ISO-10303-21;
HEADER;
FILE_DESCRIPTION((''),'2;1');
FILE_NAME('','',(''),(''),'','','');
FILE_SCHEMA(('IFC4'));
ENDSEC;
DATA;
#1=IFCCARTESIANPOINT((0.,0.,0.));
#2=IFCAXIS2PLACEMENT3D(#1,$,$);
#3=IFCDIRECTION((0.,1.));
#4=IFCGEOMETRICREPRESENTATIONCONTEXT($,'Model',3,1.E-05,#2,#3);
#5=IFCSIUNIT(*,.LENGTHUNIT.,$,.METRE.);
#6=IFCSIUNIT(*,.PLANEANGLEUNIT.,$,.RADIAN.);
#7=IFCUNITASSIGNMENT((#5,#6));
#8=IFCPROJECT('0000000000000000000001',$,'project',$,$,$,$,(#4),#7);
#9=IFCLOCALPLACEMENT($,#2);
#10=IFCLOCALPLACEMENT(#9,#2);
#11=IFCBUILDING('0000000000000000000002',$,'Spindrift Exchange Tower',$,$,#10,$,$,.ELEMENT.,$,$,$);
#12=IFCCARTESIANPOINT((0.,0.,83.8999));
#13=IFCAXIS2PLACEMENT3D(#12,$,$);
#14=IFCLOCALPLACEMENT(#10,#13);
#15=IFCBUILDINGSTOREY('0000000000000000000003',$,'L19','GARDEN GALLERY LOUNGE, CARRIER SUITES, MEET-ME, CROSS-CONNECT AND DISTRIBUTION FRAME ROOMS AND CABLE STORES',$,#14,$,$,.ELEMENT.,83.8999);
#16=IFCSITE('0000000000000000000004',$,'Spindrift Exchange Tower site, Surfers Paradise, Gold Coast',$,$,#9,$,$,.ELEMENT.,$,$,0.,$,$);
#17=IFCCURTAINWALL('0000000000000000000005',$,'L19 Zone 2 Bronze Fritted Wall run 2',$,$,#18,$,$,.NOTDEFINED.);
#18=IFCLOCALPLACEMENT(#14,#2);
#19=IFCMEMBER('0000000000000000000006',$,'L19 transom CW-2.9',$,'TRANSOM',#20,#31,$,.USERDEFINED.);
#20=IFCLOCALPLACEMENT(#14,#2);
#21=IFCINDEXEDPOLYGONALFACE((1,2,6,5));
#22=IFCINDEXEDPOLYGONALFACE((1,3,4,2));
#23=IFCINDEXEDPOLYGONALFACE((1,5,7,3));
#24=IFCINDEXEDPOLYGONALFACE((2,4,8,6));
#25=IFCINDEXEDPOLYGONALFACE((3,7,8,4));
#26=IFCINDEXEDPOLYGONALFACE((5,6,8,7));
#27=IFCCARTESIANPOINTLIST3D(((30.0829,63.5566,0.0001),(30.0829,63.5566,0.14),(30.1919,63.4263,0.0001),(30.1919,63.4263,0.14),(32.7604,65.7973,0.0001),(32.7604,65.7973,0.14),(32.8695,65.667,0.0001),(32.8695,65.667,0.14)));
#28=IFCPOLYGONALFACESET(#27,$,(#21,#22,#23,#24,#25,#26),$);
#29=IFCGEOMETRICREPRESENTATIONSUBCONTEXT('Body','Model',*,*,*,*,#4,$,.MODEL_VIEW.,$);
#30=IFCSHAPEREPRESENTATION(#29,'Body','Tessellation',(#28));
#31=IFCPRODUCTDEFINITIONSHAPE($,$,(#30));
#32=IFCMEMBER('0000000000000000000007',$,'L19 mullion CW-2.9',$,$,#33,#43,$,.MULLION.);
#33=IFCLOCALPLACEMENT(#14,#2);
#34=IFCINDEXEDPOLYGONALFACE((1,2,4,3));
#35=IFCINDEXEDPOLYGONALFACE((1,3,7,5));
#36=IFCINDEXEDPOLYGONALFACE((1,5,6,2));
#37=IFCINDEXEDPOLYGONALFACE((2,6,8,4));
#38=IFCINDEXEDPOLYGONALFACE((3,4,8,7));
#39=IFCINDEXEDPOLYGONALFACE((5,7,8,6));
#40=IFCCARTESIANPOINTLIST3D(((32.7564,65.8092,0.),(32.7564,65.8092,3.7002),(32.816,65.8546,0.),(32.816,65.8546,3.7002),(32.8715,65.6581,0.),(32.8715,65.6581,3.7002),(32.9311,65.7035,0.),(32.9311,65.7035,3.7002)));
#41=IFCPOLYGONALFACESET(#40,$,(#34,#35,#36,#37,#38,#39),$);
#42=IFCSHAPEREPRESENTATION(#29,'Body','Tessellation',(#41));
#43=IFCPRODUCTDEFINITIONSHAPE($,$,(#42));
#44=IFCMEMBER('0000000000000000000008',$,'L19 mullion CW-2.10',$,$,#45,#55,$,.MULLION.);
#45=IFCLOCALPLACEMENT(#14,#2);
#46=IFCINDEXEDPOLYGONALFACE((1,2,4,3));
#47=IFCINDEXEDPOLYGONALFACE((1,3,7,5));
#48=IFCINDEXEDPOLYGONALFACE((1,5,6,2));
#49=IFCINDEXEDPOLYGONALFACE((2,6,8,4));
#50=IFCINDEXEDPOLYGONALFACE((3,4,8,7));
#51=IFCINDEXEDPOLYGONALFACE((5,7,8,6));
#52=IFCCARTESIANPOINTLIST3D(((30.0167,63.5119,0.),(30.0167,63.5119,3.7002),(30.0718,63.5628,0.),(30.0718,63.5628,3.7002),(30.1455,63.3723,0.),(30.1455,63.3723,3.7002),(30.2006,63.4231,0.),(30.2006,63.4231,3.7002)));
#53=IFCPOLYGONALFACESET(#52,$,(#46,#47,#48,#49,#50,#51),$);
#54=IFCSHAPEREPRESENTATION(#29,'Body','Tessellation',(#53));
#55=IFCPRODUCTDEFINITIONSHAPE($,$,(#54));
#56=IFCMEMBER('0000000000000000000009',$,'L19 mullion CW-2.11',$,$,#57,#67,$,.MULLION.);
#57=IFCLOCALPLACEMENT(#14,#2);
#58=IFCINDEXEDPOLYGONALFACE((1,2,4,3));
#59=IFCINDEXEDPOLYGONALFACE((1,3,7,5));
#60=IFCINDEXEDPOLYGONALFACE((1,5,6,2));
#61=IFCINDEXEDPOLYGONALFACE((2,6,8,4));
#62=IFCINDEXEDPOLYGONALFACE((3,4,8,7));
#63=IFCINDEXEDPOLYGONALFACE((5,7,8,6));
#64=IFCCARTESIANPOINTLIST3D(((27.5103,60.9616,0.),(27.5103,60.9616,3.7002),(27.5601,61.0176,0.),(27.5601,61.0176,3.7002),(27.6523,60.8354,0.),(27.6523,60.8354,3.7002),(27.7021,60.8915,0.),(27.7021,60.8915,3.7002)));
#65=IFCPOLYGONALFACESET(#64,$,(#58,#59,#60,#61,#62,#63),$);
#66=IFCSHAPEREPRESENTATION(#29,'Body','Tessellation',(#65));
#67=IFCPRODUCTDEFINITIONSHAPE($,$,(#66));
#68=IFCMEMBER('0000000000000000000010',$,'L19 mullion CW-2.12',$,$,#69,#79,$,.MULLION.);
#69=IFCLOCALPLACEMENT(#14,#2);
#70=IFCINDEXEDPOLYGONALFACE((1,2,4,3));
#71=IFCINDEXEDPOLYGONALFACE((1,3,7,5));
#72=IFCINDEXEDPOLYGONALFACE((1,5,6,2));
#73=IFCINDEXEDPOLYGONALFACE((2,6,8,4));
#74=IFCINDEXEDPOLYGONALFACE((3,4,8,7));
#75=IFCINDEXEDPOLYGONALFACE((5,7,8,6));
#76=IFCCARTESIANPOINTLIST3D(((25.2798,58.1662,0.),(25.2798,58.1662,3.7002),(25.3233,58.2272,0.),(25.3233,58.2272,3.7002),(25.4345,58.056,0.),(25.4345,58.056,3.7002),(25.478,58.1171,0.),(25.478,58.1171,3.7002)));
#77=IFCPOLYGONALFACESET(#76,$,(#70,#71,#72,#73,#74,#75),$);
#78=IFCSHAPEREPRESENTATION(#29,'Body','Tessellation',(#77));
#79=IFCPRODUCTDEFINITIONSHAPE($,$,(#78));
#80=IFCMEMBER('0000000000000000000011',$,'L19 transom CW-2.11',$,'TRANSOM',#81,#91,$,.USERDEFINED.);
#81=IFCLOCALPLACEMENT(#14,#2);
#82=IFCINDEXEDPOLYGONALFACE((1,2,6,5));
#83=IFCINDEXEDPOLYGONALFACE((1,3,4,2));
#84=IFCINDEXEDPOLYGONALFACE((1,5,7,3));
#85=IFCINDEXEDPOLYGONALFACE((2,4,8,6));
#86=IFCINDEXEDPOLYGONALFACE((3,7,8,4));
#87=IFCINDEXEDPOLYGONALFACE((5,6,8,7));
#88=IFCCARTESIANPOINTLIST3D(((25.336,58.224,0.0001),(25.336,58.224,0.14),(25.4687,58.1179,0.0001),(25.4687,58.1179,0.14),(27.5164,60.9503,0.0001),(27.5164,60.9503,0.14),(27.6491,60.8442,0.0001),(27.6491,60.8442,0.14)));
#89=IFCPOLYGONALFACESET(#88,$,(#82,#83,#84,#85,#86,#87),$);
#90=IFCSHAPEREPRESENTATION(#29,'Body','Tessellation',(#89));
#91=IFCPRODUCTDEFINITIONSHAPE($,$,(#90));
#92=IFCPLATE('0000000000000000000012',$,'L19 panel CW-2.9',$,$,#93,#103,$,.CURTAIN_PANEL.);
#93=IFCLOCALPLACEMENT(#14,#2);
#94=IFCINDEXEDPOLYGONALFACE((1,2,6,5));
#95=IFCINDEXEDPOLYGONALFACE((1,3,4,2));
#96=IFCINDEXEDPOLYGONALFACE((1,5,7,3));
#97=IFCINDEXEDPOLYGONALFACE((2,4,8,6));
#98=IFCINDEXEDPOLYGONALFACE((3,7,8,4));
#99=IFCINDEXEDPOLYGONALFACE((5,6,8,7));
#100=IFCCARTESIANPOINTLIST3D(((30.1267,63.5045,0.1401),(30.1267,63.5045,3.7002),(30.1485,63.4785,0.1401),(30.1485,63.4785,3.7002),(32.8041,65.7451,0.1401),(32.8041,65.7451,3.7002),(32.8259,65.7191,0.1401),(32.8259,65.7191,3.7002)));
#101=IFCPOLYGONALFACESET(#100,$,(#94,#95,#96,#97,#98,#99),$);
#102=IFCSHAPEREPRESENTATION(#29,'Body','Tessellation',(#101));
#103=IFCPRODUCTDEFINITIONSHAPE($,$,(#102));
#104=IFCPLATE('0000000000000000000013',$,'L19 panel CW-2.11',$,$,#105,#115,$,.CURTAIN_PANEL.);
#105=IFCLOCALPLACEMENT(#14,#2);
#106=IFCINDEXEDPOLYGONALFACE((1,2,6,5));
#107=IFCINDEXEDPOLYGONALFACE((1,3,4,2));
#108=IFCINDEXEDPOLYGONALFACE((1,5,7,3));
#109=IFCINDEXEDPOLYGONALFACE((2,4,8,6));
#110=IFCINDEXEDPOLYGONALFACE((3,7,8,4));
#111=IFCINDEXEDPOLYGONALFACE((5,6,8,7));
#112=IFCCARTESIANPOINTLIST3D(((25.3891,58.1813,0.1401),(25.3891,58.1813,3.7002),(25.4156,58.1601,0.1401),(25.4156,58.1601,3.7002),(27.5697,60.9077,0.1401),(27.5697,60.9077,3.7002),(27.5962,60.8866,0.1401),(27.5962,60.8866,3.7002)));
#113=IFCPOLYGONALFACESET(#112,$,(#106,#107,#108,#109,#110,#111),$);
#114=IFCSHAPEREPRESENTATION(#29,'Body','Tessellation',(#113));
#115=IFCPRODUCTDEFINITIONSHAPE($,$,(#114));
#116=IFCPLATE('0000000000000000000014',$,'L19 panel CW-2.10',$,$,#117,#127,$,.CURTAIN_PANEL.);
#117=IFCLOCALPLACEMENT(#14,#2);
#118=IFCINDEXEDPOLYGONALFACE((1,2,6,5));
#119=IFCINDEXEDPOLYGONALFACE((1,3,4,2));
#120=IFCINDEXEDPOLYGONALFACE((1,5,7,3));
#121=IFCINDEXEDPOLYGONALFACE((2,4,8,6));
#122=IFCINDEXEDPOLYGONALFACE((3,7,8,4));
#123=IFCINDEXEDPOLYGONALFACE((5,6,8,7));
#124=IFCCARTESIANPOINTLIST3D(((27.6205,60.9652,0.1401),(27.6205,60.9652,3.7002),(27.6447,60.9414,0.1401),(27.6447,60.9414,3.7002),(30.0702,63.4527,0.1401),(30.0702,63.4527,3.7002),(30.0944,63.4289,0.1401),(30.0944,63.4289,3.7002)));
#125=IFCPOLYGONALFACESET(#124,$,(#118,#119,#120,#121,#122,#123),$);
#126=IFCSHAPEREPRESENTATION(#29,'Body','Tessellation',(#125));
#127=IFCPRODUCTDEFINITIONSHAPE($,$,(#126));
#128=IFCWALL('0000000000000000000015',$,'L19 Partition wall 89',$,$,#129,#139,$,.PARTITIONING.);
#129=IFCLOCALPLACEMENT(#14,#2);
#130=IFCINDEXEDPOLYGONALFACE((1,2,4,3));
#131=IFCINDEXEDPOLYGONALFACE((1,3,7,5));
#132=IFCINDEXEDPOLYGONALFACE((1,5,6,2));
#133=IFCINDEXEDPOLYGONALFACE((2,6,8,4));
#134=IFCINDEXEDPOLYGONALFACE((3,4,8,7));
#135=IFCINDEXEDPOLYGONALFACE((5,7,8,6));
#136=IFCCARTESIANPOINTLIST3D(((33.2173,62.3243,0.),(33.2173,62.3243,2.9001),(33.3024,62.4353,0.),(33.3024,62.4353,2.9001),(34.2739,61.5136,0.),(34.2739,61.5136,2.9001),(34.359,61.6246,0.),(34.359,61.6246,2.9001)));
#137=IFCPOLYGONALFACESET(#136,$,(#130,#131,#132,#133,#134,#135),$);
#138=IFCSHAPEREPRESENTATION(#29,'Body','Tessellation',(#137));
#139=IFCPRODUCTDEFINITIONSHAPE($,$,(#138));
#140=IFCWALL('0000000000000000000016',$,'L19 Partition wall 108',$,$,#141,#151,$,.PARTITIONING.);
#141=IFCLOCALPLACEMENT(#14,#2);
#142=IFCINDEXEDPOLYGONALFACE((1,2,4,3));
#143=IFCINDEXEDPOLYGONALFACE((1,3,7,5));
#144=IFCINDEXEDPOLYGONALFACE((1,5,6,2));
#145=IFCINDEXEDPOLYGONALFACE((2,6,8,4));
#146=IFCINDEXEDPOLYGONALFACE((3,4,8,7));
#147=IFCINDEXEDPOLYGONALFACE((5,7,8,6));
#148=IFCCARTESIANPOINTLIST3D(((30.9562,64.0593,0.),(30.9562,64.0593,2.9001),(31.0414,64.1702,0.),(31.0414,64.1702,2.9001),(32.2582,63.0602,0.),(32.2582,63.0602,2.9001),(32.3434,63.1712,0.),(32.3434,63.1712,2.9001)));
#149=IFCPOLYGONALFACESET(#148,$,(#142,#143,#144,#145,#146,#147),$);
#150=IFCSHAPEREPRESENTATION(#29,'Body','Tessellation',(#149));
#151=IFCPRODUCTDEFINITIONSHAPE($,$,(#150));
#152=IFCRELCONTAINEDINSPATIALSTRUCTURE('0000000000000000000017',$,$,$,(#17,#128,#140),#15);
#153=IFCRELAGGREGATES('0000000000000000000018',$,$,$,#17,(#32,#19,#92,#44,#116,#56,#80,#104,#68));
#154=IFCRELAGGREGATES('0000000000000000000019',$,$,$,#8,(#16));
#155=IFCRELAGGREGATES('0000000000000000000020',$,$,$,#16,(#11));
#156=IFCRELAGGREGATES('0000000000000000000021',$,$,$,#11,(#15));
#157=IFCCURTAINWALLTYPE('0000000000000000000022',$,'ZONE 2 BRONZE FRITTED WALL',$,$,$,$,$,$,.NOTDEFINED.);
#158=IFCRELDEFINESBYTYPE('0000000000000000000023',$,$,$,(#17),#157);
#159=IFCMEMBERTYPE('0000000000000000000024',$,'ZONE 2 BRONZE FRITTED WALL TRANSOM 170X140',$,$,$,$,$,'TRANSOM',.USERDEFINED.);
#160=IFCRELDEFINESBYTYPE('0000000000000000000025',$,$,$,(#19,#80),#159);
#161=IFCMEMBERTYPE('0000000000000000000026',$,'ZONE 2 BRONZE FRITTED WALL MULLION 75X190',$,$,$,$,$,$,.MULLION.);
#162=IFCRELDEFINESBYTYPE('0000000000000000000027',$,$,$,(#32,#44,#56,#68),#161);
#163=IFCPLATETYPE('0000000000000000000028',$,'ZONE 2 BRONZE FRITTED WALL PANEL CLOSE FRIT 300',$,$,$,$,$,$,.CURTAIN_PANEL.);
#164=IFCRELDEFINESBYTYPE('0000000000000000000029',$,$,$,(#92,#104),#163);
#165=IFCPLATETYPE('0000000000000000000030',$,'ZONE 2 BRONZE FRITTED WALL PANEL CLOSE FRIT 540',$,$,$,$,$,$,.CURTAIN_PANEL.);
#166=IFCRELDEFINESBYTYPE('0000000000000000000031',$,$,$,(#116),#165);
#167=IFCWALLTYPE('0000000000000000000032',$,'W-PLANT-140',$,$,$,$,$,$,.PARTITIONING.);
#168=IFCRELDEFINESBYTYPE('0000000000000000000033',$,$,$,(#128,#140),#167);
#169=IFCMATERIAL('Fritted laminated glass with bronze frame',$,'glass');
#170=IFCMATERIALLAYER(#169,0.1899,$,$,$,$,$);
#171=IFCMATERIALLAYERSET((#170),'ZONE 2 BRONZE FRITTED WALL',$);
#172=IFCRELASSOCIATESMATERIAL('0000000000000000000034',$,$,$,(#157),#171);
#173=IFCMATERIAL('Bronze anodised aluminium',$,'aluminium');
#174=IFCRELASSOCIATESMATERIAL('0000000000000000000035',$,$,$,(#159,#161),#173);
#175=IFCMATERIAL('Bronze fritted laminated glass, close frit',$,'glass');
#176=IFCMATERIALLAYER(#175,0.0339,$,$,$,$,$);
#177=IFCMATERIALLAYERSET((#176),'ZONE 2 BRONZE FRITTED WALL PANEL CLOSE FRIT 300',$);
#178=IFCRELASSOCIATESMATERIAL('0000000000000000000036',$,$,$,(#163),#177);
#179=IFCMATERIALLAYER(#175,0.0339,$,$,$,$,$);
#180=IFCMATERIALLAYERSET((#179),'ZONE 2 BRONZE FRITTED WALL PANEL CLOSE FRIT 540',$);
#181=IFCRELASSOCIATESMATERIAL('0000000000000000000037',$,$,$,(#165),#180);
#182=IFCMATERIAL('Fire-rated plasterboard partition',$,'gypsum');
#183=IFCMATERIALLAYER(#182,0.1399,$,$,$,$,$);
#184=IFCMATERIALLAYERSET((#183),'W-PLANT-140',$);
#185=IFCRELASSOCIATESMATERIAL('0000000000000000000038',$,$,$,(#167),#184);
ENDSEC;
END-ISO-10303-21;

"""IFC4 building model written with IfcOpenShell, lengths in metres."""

from ifc_helpers import new_model, si_unit, direction, frame, frame_2d, origin, origin_2d, place, context, subcontext, project, spatial, rectangle, extrude, source, transform, mapped, material, layer, layer_set, material_profile, profile_set, type_object, element, aggregate, save


model = new_model("IFC4")

# Units and contexts
model_context = context("Model", 3, precision=1e-05, world=origin(), true_north=direction((0.0, 1.0)))
body_context = subcontext(model_context, "Body", "Model", "MODEL_VIEW")
ifc_project = project(units=[si_unit("LENGTHUNIT", "METRE"), si_unit("PLANEANGLEUNIT", "RADIAN")], contexts=[model_context])

# Site, building, storey
site_placement = place(None, origin())
site = spatial("IfcSite", under=ifc_project, at=site_placement, Name="Spindrift Exchange Tower site, Surfers Paradise, Gold Coast", CompositionType="ELEMENT", RefElevation=0.0)
building_placement = place(site_placement, origin())
building = spatial("IfcBuilding", under=site, at=building_placement, Name="Spindrift Exchange Tower", CompositionType="ELEMENT")
storey_placement = place(building_placement, frame((0.0, 0.0, 83.8999)))
storey = spatial("IfcBuildingStorey", under=building, at=storey_placement, Name="L19", Description="GARDEN GALLERY LOUNGE, CARRIER SUITES, MEET-ME, CROSS-CONNECT AND DISTRIBUTION FRAME ROOMS AND CABLE STORES", CompositionType="ELEMENT", Elevation=83.8999)

# Curtain wall, members, plates
ifc_material_1 = material(Name="Fritted laminated glass with bronze frame", Category="glass")
ifc_layer_1 = layer(ifc_material_1, 0.1899)
ifc_layer_set_1 = layer_set([ifc_layer_1], Name="ZONE 2 BRONZE FRITTED WALL")
curtain_wall_type = type_object("IfcCurtainWallType", Name="ZONE 2 BRONZE FRITTED WALL", PredefinedType="NOTDEFINED", material=ifc_layer_set_1)
curtain_wall_placement = place(storey_placement, origin())
curtain_wall = element("IfcCurtainWall", 1, at=curtain_wall_placement, inside=storey, type_object=curtain_wall_type, Name="L19 Zone 2 Bronze Fritted Wall run 2", PredefinedType="NOTDEFINED")
ifc_material_2 = material(Name="Bronze anodised aluminium", Category="aluminium")
ifc_material_profile_1 = material_profile(ifc_material_2, rectangle(XDim=0.1699, YDim=0.1399, at=origin_2d()), Name="ZONE 2 BRONZE FRITTED WALL TRANSOM 170X140")
ifc_profile_set_1 = profile_set([ifc_material_profile_1], Name="Bronze anodised aluminium")
member_type_1 = type_object("IfcMemberType", Name="ZONE 2 BRONZE FRITTED WALL TRANSOM 170X140", ElementType="TRANSOM", PredefinedType="USERDEFINED", material=ifc_profile_set_1)
shared_shape_1 = source(origin(), body_context, "Body", "SweptSolid", [
    extrude(rectangle(XDim=0.1699, YDim=0.1399, at=origin_2d()), origin(), (0.0, 0.0, 1.0), 3.4915),
])
member_1_placement = place(storey_placement, frame((32.8149, 65.7322, 0.0701), z_axis=(-0.766884, -0.641786, 0.0), x_axis=(0.641786, -0.766884, 0.0)))
member_1 = element("IfcMember", 2, at=member_1_placement, type_object=member_type_1, Name="L19 transom CW-2.9", ObjectType="TRANSOM", PredefinedType="USERDEFINED", context=body_context, shape_type="MappedRepresentation", body=[
    mapped(shared_shape_1, transform((0.0, 0.0, 0.0), scale=1.0)),
])
ifc_material_profile_2 = material_profile(ifc_material_2, rectangle(XDim=0.075, YDim=0.1899, at=origin_2d()), Name="ZONE 2 BRONZE FRITTED WALL MULLION 75X190")
ifc_profile_set_2 = profile_set([ifc_material_profile_2], Name="Bronze anodised aluminium")
member_type_2 = type_object("IfcMemberType", Name="ZONE 2 BRONZE FRITTED WALL MULLION 75X190", PredefinedType="MULLION", material=ifc_profile_set_2)
shared_shape_2 = source(origin(), body_context, "Body", "SweptSolid", [
    extrude(rectangle(XDim=0.075, YDim=0.1899, at=origin_2d()), origin(), (0.0, 0.0, 1.0), 3.7002),
])
member_2_placement = place(storey_placement, frame((32.8438, 65.7563, 0.0), z_axis=(0.0, 0.0, 1.0), x_axis=(-0.795322, -0.606187, 0.0)))
member_2 = element("IfcMember", 3, at=member_2_placement, type_object=member_type_2, Name="L19 mullion CW-2.9", PredefinedType="MULLION", context=body_context, shape_type="MappedRepresentation", body=[
    mapped(shared_shape_2, transform((0.0, 0.0, 0.0), scale=1.0)),
])
member_3_placement = place(storey_placement, frame((30.1086, 63.4675, 0.0), z_axis=(0.0, 0.0, 1.0), x_axis=(-0.735134, -0.677922, 0.0)))
member_3 = element("IfcMember", 4, at=member_3_placement, type_object=member_type_2, Name="L19 mullion CW-2.10", PredefinedType="MULLION", context=body_context, shape_type="MappedRepresentation", body=[
    mapped(shared_shape_2, transform((0.0, 0.0, 0.0), scale=1.0)),
])
member_4_placement = place(storey_placement, frame((27.6062, 60.9265, 0.0), z_axis=(0.0, 0.0, 1.0), x_axis=(-0.664023, -0.747712, 0.0)))
member_4 = element("IfcMember", 5, at=member_4_placement, type_object=member_type_2, Name="L19 mullion CW-2.11", PredefinedType="MULLION", context=body_context, shape_type="MappedRepresentation", body=[
    mapped(shared_shape_2, transform((0.0, 0.0, 0.0), scale=1.0)),
])
member_5_placement = place(storey_placement, frame((25.3789, 58.1416, 0.0), z_axis=(0.0, 0.0, 1.0), x_axis=(-0.579949, -0.814653, 0.0)))
member_5 = element("IfcMember", 6, at=member_5_placement, type_object=member_type_2, Name="L19 mullion CW-2.12", PredefinedType="MULLION", context=body_context, shape_type="MappedRepresentation", body=[
    mapped(shared_shape_2, transform((0.0, 0.0, 0.0), scale=1.0)),
])
shared_shape_3 = source(origin(), body_context, "Body", "SweptSolid", [
    extrude(rectangle(XDim=0.1699, YDim=0.1399, at=origin_2d()), origin(), (0.0, 0.0, 1.0), 3.491),
])
member_6_placement = place(storey_placement, frame((27.5828, 60.8972, 0.0701), z_axis=(-0.624584, -0.780957, 0.0), x_axis=(0.780957, -0.624584, 0.0)))
member_6 = element("IfcMember", 7, at=member_6_placement, type_object=member_type_1, Name="L19 transom CW-2.11", ObjectType="TRANSOM", PredefinedType="USERDEFINED", context=body_context, shape_type="MappedRepresentation", body=[
    mapped(shared_shape_3, transform((0.0, 0.0, 0.0), scale=1.0)),
])
ifc_material_3 = material(Name="Bronze fritted laminated glass, close frit", Category="glass")
ifc_layer_2 = layer(ifc_material_3, 0.0339)
ifc_layer_set_2 = layer_set([ifc_layer_2], Name="ZONE 2 BRONZE FRITTED WALL PANEL CLOSE FRIT 300")
plate_type_1 = type_object("IfcPlateType", Name="ZONE 2 BRONZE FRITTED WALL PANEL CLOSE FRIT 300", PredefinedType="CURTAIN_PANEL", material=ifc_layer_set_2)
shared_shape_4 = source(origin(), body_context, "Body", "SweptSolid", [
    extrude(rectangle(XDim=3.4912, YDim=0.0339, at=origin_2d()), origin(), (0.0, 0.0, 1.0), 3.5601),
])
plate_1_placement = place(storey_placement, frame((31.4763, 64.6118, 0.1401), z_axis=(0.0, 0.0, 1.0), x_axis=(-0.766891, -0.641778, 0.0)))
plate_1 = element("IfcPlate", 8, at=plate_1_placement, type_object=plate_type_1, Name="L19 panel CW-2.9", PredefinedType="CURTAIN_PANEL", context=body_context, shape_type="MappedRepresentation", body=[
    mapped(shared_shape_4, transform((0.0, 0.0, 0.0), scale=1.0)),
])
plate_2_placement = place(storey_placement, frame((26.4927, 59.5339, 0.1401), z_axis=(0.0, 0.0, 1.0), x_axis=(-0.624606, -0.78094, 0.0)))
plate_2 = element("IfcPlate", 9, at=plate_2_placement, type_object=plate_type_1, Name="L19 panel CW-2.11", PredefinedType="CURTAIN_PANEL", context=body_context, shape_type="MappedRepresentation", body=[
    mapped(shared_shape_4, transform((0.0, 0.0, 0.0), scale=1.0)),
])
ifc_layer_3 = layer(ifc_material_3, 0.0339)
ifc_layer_set_3 = layer_set([ifc_layer_3], Name="ZONE 2 BRONZE FRITTED WALL PANEL CLOSE FRIT 540")
plate_type_2 = type_object("IfcPlateType", Name="ZONE 2 BRONZE FRITTED WALL PANEL CLOSE FRIT 540", PredefinedType="CURTAIN_PANEL", material=ifc_layer_set_3)
shared_shape_5 = source(origin(), body_context, "Body", "SweptSolid", [
    extrude(rectangle(XDim=3.4912, YDim=0.0339, at=origin_2d()), origin(), (0.0, 0.0, 1.0), 3.5601),
])
plate_3_placement = place(storey_placement, frame((28.8574, 62.197, 0.1401), z_axis=(0.0, 0.0, 1.0), x_axis=(-0.701674, -0.712498, 0.0)))
plate_3 = element("IfcPlate", 10, at=plate_3_placement, type_object=plate_type_2, Name="L19 panel CW-2.10", PredefinedType="CURTAIN_PANEL", context=body_context, shape_type="MappedRepresentation", body=[
    mapped(shared_shape_5, transform((0.0, 0.0, 0.0), scale=1.0)),
])
aggregate(curtain_wall, [member_2, member_1, plate_1, member_3, plate_3, member_4, member_6, plate_2, member_5])

# Walls
ifc_material_4 = material(Name="Fire-rated plasterboard partition", Category="gypsum")
ifc_layer_4 = layer(ifc_material_4, 0.1399)
ifc_layer_set_4 = layer_set([ifc_layer_4], Name="W-PLANT-140")
wall_type = type_object("IfcWallType", Name="W-PLANT-140", PredefinedType="PARTITIONING", material=ifc_layer_set_4)
wall_1_placement = place(storey_placement, frame((33.2598, 62.3799, 0.0), z_axis=(0.0, 0.0, 1.0), x_axis=(0.793353, -0.608762, 0.0)))
element("IfcWall", 11, at=wall_1_placement, inside=storey, type_object=wall_type, Name="L19 Partition wall 89", PredefinedType="PARTITIONING", context=body_context, shape_type="SweptSolid", body=[
    extrude(rectangle(XDim=1.3318, YDim=0.1399, at=frame_2d((0.666, 0.0))), origin(), (0.0, 0.0, 1.0), 2.9001),
])
wall_2_placement = place(storey_placement, frame((32.3008, 63.1157, 0.0), z_axis=(0.0, 0.0, 1.0), x_axis=(-0.793364, 0.608747, 0.0)))
element("IfcWall", 12, at=wall_2_placement, inside=storey, type_object=wall_type, Name="L19 Partition wall 108", PredefinedType="PARTITIONING", context=body_context, shape_type="SweptSolid", body=[
    extrude(rectangle(XDim=1.6411, YDim=0.1399, at=frame_2d((0.8206, 0.0))), origin(), (0.0, 0.0, 1.0), 2.9001),
])

save(model, "model.ifc")
